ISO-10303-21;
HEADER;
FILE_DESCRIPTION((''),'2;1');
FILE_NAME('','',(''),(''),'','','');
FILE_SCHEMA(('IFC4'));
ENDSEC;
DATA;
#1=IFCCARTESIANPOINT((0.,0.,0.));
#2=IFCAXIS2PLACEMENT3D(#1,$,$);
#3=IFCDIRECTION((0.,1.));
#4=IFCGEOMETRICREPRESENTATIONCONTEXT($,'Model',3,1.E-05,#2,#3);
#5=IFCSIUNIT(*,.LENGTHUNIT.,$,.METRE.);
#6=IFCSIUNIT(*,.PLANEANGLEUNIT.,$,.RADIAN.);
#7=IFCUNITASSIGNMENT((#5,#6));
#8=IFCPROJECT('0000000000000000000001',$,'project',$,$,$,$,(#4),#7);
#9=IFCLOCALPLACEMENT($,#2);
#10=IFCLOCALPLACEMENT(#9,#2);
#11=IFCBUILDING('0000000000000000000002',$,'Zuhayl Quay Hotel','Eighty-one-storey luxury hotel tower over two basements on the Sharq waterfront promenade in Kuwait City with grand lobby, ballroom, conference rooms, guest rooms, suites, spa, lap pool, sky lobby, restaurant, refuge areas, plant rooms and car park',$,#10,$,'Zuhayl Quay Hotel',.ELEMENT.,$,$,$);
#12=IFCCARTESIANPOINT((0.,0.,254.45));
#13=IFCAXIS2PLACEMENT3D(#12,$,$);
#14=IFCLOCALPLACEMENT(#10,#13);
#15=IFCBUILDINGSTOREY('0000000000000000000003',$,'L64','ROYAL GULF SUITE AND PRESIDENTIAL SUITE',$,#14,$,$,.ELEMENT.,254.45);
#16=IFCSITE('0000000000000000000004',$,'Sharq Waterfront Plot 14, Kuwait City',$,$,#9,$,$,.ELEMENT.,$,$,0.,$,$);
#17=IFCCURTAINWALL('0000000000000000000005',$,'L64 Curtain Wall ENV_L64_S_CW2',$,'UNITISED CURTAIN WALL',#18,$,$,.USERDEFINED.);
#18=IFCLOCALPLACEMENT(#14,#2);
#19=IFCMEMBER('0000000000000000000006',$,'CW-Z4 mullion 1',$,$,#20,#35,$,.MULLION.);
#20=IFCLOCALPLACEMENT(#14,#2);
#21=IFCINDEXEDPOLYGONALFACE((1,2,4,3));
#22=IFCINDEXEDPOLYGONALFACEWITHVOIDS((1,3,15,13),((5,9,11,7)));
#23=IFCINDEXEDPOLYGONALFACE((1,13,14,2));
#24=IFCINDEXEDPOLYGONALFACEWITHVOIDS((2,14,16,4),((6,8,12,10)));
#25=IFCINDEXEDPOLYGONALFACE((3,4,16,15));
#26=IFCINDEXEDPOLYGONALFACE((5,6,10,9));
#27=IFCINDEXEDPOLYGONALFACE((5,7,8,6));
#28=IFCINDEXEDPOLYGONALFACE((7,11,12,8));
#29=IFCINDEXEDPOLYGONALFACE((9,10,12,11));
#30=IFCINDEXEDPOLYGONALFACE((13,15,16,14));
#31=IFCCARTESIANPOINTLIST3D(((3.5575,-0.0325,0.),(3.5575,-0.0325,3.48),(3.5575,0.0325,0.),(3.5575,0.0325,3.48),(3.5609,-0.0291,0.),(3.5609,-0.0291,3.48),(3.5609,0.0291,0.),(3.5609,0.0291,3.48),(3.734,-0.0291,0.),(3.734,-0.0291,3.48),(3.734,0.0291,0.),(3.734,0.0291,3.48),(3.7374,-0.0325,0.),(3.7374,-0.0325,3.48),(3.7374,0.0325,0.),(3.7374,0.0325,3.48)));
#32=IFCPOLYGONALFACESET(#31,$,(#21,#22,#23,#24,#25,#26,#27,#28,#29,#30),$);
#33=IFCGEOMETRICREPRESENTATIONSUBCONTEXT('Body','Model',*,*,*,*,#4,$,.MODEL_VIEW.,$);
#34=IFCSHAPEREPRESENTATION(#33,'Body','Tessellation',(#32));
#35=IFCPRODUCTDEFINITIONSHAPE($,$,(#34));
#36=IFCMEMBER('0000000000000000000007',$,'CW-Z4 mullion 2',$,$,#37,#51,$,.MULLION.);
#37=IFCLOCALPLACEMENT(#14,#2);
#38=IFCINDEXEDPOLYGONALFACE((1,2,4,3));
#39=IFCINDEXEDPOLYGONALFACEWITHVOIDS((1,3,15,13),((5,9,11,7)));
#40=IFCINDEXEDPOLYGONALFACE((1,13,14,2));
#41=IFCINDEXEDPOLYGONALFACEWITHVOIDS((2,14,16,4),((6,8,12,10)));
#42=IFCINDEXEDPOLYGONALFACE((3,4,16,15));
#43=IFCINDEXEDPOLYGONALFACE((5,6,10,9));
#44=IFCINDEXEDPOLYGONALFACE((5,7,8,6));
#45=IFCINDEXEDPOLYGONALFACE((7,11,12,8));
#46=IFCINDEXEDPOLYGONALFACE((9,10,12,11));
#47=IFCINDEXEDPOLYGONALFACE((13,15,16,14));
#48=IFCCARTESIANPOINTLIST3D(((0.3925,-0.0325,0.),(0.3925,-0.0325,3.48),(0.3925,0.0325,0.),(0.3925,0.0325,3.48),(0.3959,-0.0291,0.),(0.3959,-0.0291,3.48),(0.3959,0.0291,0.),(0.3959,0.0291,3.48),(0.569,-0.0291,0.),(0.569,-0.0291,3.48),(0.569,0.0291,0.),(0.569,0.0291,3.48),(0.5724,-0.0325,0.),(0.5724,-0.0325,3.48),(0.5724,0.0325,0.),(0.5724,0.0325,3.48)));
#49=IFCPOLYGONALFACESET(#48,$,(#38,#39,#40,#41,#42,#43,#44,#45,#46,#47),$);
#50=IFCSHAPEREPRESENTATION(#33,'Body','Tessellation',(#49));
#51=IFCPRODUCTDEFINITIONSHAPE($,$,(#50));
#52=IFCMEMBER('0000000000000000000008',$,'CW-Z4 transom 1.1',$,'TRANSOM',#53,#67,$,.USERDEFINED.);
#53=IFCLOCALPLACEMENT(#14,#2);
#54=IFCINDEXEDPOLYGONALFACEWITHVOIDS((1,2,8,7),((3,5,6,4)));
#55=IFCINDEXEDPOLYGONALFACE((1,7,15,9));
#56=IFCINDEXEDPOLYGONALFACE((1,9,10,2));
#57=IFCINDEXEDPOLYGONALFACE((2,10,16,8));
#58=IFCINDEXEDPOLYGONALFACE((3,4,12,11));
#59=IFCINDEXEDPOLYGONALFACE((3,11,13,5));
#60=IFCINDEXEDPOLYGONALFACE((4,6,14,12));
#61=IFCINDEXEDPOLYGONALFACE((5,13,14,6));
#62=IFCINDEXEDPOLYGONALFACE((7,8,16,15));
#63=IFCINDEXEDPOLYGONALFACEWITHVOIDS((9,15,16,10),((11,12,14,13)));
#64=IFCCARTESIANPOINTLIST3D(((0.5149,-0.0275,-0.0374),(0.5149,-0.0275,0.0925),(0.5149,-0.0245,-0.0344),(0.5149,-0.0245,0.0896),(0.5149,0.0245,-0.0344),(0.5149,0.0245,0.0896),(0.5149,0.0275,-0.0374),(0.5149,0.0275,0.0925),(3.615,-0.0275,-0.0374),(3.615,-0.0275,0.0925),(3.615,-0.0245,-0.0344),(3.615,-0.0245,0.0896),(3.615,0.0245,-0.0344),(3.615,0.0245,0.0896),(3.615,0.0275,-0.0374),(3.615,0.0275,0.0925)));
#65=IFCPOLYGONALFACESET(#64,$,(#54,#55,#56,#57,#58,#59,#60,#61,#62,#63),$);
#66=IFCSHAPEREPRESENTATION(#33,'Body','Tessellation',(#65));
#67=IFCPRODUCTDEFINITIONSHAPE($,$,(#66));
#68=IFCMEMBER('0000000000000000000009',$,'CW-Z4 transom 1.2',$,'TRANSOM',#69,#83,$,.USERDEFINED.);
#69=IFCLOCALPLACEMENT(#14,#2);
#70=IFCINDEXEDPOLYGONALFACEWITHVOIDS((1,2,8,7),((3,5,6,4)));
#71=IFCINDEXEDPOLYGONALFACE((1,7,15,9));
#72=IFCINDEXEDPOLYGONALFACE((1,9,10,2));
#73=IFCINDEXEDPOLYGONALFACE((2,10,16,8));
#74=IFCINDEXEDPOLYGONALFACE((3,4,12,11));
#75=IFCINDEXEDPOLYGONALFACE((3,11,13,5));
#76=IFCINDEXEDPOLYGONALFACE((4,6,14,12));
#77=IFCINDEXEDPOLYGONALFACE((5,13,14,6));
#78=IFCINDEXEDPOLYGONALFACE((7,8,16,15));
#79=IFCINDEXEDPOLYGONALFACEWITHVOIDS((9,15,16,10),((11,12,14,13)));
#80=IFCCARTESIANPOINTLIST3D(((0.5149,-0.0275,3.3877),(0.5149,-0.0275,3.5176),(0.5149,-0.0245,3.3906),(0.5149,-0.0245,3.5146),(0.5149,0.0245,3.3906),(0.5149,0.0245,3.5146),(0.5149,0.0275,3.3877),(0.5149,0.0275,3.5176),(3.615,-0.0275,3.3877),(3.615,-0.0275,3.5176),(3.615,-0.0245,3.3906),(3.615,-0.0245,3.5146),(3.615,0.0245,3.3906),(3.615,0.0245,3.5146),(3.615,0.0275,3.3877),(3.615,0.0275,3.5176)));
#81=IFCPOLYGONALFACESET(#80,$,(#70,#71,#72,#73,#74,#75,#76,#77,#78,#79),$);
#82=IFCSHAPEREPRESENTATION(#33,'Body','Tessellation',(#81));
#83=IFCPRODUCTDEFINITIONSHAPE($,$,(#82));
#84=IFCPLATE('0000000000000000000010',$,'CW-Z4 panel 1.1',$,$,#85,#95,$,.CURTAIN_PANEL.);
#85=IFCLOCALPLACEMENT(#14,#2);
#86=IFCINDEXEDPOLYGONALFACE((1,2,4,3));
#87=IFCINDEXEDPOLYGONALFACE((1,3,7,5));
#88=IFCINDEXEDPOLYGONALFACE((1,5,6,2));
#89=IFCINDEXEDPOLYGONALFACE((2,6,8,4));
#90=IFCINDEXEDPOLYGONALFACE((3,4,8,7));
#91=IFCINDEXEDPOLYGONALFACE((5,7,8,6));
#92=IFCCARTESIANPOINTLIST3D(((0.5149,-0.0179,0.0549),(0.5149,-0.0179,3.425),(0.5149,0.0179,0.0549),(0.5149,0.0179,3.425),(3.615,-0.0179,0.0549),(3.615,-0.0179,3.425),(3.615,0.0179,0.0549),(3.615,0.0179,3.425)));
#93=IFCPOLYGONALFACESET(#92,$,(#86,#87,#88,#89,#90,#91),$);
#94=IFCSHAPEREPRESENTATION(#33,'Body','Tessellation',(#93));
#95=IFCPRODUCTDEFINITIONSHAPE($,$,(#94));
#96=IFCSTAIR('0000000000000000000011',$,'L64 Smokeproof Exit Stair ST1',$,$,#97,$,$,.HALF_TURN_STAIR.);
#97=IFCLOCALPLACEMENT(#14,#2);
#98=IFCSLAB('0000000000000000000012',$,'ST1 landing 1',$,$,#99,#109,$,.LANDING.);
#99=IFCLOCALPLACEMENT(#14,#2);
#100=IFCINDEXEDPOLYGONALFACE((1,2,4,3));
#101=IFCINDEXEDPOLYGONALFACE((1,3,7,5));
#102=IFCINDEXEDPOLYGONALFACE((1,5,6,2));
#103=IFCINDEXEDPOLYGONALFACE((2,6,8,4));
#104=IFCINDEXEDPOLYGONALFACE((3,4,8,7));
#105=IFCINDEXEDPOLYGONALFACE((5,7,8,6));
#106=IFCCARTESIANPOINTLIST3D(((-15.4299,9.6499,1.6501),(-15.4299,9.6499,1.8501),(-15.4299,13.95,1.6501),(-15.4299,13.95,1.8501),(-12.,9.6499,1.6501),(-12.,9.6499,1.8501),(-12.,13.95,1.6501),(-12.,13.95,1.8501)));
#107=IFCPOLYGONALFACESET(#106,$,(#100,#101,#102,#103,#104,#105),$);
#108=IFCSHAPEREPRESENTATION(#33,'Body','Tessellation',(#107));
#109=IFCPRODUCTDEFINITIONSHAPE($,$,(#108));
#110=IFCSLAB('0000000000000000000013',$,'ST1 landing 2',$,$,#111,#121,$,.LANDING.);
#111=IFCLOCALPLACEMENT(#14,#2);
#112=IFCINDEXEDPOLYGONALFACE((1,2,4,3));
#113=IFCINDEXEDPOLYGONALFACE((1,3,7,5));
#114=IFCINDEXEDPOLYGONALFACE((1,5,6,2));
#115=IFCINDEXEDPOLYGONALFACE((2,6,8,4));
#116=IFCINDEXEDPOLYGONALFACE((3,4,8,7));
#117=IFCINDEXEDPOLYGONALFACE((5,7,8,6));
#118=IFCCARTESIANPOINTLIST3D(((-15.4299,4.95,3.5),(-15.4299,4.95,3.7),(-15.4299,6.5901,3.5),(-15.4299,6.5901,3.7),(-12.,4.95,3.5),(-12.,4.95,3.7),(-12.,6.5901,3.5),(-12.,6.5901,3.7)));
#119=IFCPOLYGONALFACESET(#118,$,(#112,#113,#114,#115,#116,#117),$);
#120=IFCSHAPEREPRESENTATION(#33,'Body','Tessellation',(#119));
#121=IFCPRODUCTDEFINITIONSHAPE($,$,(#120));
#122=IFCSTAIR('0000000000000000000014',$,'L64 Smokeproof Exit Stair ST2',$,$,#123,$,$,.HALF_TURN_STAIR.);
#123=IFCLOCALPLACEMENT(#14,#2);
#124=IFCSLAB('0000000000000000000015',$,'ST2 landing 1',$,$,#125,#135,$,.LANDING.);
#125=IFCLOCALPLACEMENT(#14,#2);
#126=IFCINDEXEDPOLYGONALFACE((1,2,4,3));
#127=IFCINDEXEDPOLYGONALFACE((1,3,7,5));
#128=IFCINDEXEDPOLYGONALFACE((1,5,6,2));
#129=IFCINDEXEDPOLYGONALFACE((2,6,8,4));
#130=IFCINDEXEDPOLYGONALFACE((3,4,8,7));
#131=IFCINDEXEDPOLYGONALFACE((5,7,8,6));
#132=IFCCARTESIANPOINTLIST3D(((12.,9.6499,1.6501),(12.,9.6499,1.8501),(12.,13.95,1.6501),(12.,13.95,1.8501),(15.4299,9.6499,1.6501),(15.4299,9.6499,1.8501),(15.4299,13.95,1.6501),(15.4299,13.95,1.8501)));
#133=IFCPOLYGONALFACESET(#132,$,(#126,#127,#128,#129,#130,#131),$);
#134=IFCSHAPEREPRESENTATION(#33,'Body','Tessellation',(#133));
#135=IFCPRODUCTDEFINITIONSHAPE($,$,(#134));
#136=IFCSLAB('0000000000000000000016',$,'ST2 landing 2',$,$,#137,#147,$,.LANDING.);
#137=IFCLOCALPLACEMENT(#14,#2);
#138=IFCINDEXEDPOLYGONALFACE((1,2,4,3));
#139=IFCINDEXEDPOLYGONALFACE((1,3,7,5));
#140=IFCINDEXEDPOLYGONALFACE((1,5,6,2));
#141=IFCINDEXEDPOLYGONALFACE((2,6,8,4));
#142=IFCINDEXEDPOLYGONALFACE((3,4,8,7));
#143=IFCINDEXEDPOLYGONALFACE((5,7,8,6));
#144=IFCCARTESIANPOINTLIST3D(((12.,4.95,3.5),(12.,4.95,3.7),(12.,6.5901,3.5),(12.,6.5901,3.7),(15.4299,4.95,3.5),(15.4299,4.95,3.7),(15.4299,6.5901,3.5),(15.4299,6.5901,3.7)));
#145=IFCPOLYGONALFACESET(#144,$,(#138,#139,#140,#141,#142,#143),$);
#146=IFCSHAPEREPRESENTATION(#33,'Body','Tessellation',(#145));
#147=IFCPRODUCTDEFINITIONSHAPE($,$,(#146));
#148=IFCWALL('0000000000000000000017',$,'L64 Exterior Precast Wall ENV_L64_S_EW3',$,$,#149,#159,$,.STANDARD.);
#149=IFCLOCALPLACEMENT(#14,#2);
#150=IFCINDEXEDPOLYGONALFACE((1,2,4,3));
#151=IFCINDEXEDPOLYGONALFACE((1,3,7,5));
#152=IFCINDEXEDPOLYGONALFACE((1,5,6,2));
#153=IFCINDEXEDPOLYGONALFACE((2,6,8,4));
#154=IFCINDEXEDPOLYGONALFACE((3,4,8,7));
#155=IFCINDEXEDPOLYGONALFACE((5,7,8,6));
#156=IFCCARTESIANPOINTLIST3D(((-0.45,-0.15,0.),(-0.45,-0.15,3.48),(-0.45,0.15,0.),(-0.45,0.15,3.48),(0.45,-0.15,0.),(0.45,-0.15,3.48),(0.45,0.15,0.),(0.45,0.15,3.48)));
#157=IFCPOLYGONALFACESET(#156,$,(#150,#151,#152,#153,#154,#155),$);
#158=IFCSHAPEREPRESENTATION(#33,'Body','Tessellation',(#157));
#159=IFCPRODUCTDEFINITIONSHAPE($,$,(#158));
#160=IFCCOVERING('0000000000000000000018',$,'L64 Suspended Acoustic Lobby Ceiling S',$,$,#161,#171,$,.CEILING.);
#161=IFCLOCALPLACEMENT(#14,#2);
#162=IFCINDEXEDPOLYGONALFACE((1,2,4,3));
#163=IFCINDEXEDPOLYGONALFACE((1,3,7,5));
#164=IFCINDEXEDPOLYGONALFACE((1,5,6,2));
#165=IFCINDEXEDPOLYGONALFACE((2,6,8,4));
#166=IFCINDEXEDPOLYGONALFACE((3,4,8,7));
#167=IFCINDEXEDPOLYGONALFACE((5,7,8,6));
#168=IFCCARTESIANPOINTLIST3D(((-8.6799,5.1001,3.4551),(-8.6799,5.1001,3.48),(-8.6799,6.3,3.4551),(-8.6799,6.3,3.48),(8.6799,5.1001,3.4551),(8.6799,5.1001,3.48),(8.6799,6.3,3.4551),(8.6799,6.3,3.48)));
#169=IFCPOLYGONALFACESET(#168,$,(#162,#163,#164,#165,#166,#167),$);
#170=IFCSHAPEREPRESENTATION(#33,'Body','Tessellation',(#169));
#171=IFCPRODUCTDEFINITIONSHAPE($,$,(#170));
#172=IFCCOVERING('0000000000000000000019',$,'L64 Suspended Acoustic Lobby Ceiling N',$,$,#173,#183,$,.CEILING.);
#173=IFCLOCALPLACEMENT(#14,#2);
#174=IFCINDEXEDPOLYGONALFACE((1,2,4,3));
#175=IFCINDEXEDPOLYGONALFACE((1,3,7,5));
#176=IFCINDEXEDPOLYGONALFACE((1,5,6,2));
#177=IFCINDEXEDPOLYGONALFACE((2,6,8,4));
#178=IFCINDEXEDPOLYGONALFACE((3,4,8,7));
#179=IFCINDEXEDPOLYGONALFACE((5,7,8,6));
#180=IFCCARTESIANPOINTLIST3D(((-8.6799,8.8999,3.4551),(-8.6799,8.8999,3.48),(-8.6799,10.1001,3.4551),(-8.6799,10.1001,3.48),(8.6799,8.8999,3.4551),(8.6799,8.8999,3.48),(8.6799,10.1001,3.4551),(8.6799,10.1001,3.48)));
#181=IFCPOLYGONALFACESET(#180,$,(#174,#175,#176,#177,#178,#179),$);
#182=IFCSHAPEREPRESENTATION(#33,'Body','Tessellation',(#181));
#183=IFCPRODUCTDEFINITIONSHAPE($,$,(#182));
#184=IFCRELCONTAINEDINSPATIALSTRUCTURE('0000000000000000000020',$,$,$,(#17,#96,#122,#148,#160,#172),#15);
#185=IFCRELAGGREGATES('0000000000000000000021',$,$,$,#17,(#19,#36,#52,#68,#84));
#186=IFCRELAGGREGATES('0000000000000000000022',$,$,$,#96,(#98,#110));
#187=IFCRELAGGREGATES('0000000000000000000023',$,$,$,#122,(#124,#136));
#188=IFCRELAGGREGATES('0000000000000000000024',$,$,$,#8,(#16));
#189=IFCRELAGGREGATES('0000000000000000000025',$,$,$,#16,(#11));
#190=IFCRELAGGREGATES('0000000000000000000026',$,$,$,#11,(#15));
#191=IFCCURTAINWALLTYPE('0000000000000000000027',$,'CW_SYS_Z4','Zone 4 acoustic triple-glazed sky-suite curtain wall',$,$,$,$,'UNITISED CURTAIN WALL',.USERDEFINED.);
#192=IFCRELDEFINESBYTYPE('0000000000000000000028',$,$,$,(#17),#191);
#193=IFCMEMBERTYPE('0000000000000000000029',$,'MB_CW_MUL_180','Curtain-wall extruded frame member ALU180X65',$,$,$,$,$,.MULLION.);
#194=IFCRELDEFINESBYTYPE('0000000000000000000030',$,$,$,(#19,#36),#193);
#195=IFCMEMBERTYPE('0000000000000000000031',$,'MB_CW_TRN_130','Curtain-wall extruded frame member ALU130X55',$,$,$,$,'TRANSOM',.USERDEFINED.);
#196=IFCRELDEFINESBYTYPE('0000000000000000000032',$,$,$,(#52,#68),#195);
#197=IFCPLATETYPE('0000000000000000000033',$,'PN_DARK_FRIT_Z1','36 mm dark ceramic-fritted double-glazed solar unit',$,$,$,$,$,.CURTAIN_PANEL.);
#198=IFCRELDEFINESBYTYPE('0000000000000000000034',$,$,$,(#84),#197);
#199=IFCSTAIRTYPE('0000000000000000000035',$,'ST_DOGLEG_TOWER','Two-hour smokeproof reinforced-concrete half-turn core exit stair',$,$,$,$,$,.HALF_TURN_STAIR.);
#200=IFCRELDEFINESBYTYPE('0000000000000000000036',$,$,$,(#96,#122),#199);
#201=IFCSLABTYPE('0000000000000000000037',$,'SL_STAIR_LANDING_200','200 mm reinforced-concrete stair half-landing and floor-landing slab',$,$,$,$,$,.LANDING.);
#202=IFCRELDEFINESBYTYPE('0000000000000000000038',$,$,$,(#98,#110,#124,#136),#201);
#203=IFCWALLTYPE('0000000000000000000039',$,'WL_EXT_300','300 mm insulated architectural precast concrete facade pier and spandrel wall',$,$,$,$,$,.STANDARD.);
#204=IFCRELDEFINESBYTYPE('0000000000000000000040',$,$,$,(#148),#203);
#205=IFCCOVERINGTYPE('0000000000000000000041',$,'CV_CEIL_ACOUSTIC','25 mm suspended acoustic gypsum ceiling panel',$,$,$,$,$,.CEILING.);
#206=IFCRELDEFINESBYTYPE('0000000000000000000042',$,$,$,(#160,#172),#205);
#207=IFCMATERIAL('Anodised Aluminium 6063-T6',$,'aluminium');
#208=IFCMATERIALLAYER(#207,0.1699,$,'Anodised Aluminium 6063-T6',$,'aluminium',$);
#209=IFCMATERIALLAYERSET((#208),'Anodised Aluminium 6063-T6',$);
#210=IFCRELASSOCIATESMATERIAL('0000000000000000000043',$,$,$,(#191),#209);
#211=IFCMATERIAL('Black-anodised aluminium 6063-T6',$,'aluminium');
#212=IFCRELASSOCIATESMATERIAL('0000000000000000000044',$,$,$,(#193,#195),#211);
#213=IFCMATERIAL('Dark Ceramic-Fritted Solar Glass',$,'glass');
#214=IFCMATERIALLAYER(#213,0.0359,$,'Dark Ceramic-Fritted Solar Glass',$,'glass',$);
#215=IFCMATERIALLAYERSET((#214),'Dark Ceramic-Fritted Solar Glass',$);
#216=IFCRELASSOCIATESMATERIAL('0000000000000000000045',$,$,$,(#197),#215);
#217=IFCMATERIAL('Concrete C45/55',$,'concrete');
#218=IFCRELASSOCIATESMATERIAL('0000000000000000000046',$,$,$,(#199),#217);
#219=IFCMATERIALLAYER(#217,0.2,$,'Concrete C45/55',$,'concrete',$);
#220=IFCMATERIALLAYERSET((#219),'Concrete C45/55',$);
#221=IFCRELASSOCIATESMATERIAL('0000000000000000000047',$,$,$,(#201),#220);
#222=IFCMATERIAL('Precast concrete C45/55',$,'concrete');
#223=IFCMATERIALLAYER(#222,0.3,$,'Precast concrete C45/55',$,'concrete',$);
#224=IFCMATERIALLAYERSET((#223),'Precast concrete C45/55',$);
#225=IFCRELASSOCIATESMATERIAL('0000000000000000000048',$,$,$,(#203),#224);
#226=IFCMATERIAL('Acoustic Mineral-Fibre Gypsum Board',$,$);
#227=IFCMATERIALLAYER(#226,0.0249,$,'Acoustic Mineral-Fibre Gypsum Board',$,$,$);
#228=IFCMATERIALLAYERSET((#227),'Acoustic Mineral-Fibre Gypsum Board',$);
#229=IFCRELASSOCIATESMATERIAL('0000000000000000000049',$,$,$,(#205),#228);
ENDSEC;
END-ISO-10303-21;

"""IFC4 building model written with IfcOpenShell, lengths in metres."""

from ifc_helpers import new_model, si_unit, direction, frame, frame_2d, origin, origin_2d, place, context, subcontext, project, spatial, polyline, rectangle, hollow_rectangle, outline, extrude, material, layer, layer_set, material_profile, profile_set, type_object, element, aggregate, save


model = new_model("IFC4")

# Units and contexts
model_context = context("Model", 3, precision=1e-05, world=origin(), true_north=direction((0.0, 1.0)))
body_context = subcontext(model_context, "Body", "Model", "MODEL_VIEW")
ifc_project = project(units=[si_unit("LENGTHUNIT", "METRE"), si_unit("PLANEANGLEUNIT", "RADIAN")], contexts=[model_context])

# Site, building, storey
site_placement = place(None, origin())
site = spatial("IfcSite", under=ifc_project, at=site_placement, Name="Sharq Waterfront Plot 14, Kuwait City", CompositionType="ELEMENT", RefElevation=0.0)
building_placement = place(site_placement, origin())
building = spatial("IfcBuilding", under=site, at=building_placement, Name="Zuhayl Quay Hotel", Description="Eighty-one-storey luxury hotel tower over two basements on the Sharq waterfront promenade in Kuwait City with grand lobby, ballroom, conference rooms, guest rooms, suites, spa, lap pool, sky lobby, restaurant, refuge areas, plant rooms and car park", LongName="Zuhayl Quay Hotel", CompositionType="ELEMENT")
storey_placement = place(building_placement, frame((0.0, 0.0, 254.45)))
storey = spatial("IfcBuildingStorey", under=building, at=storey_placement, Name="L64", Description="ROYAL GULF SUITE AND PRESIDENTIAL SUITE", CompositionType="ELEMENT", Elevation=254.45)

# Curtain wall, members, plate
ifc_material_1 = material(Name="Anodised Aluminium 6063-T6", Category="aluminium")
ifc_layer_1 = layer(ifc_material_1, 0.1699, Name="Anodised Aluminium 6063-T6", Category="aluminium")
ifc_layer_set_1 = layer_set([ifc_layer_1], Name="Anodised Aluminium 6063-T6")
curtain_wall_type = type_object("IfcCurtainWallType", Name="CW_SYS_Z4", Description="Zone 4 acoustic triple-glazed sky-suite curtain wall", ElementType="UNITISED CURTAIN WALL", PredefinedType="USERDEFINED", material=ifc_layer_set_1)
curtain_wall_placement = place(storey_placement, origin())
curtain_wall = element("IfcCurtainWall", 1, at=curtain_wall_placement, inside=storey, type_object=curtain_wall_type, Name="L64 Curtain Wall ENV_L64_S_CW2", ObjectType="UNITISED CURTAIN WALL", PredefinedType="USERDEFINED")
ifc_material_2 = material(Name="Black-anodised aluminium 6063-T6", Category="aluminium")
ifc_material_profile_1 = material_profile(ifc_material_2, hollow_rectangle(XDim=0.0649, YDim=0.1799, WallThickness=0.0034, at=origin_2d()), Name="ALU180X65")
ifc_profile_set_1 = profile_set([ifc_material_profile_1], Name="Black-anodised aluminium 6063-T6")
member_type_1 = type_object("IfcMemberType", Name="MB_CW_MUL_180", Description="Curtain-wall extruded frame member ALU180X65", PredefinedType="MULLION", material=ifc_profile_set_1)
member_1_placement = place(storey_placement, frame((3.6475, 0.0, 0.0), z_axis=(0.0, 0.0, 1.0), x_axis=(0.0, -1.0, 0.0)))
member_1 = element("IfcMember", 2, at=member_1_placement, type_object=member_type_1, Name="CW-Z4 mullion 1", PredefinedType="MULLION", context=body_context, shape_type="SweptSolid", body=[
    extrude(hollow_rectangle(XDim=0.0649, YDim=0.1799, WallThickness=0.0034, at=origin_2d()), origin(), (0.0, 0.0, 1.0), 3.48),
])
member_2_placement = place(storey_placement, frame((0.4824, 0.0, 0.0), z_axis=(0.0, 0.0, 1.0), x_axis=(0.0, -1.0, 0.0)))
member_2 = element("IfcMember", 3, at=member_2_placement, type_object=member_type_1, Name="CW-Z4 mullion 2", PredefinedType="MULLION", context=body_context, shape_type="SweptSolid", body=[
    extrude(hollow_rectangle(XDim=0.0649, YDim=0.1799, WallThickness=0.0034, at=origin_2d()), origin(), (0.0, 0.0, 1.0), 3.48),
])
ifc_material_profile_2 = material_profile(ifc_material_2, hollow_rectangle(XDim=0.0549, YDim=0.1299, WallThickness=0.0029, at=origin_2d()), Name="ALU130X55")
ifc_profile_set_2 = profile_set([ifc_material_profile_2], Name="Black-anodised aluminium 6063-T6")
member_type_2 = type_object("IfcMemberType", Name="MB_CW_TRN_130", Description="Curtain-wall extruded frame member ALU130X55", ElementType="TRANSOM", PredefinedType="USERDEFINED", material=ifc_profile_set_2)
member_3_placement = place(storey_placement, frame((3.615, 0.0, 0.0276), z_axis=(-1.0, 0.0, 0.0), x_axis=(0.0, -1.0, 0.0)))
member_3 = element("IfcMember", 4, at=member_3_placement, type_object=member_type_2, Name="CW-Z4 transom 1.1", ObjectType="TRANSOM", PredefinedType="USERDEFINED", context=body_context, shape_type="SweptSolid", body=[
    extrude(hollow_rectangle(XDim=0.0549, YDim=0.1299, WallThickness=0.0029, at=origin_2d()), origin(), (0.0, 0.0, 1.0), 3.1001),
])
member_4_placement = place(storey_placement, frame((3.615, 0.0, 3.4526), z_axis=(-1.0, 0.0, 0.0), x_axis=(0.0, -1.0, 0.0)))
member_4 = element("IfcMember", 5, at=member_4_placement, type_object=member_type_2, Name="CW-Z4 transom 1.2", ObjectType="TRANSOM", PredefinedType="USERDEFINED", context=body_context, shape_type="SweptSolid", body=[
    extrude(hollow_rectangle(XDim=0.0549, YDim=0.1299, WallThickness=0.0029, at=origin_2d()), origin(), (0.0, 0.0, 1.0), 3.1001),
])
ifc_material_3 = material(Name="Dark Ceramic-Fritted Solar Glass", Category="glass")
ifc_layer_2 = layer(ifc_material_3, 0.0359, Name="Dark Ceramic-Fritted Solar Glass", Category="glass")
ifc_layer_set_2 = layer_set([ifc_layer_2], Name="Dark Ceramic-Fritted Solar Glass")
plate_type = type_object("IfcPlateType", Name="PN_DARK_FRIT_Z1", Description="36 mm dark ceramic-fritted double-glazed solar unit", PredefinedType="CURTAIN_PANEL", material=ifc_layer_set_2)
plate_placement = place(storey_placement, frame((2.0649, 0.0, 0.0549), z_axis=(0.0, 0.0, 1.0), x_axis=(-1.0, 0.0, 0.0)))
plate = element("IfcPlate", 6, at=plate_placement, type_object=plate_type, Name="CW-Z4 panel 1.1", PredefinedType="CURTAIN_PANEL", context=body_context, shape_type="SweptSolid", body=[
    extrude(rectangle(XDim=3.1001, YDim=0.0359, at=origin_2d()), origin(), (0.0, 0.0, 1.0), 3.3701),
])
aggregate(curtain_wall, [member_1, member_2, member_3, member_4, plate])

# Stairs, slabs
ifc_material_4 = material(Name="Concrete C45/55", Category="concrete")
stair_type = type_object("IfcStairType", Name="ST_DOGLEG_TOWER", Description="Two-hour smokeproof reinforced-concrete half-turn core exit stair", PredefinedType="HALF_TURN_STAIR", material=ifc_material_4)
stair_1_placement = place(storey_placement, origin())
stair_1 = element("IfcStair", 7, at=stair_1_placement, inside=storey, type_object=stair_type, Name="L64 Smokeproof Exit Stair ST1", PredefinedType="HALF_TURN_STAIR")
ifc_layer_3 = layer(ifc_material_4, 0.2, Name="Concrete C45/55", Category="concrete")
ifc_layer_set_3 = layer_set([ifc_layer_3], Name="Concrete C45/55")
slab_type = type_object("IfcSlabType", Name="SL_STAIR_LANDING_200", Description="200 mm reinforced-concrete stair half-landing and floor-landing slab", PredefinedType="LANDING", material=ifc_layer_set_3)
slab_1_placement = place(storey_placement, frame((0.0, 0.0, 1.6501)))
slab_1 = element("IfcSlab", 8, at=slab_1_placement, type_object=slab_type, Name="ST1 landing 1", PredefinedType="LANDING", context=body_context, shape_type="SweptSolid", body=[
    extrude(outline(polyline([(-12.0, 9.6499), (-12.0, 13.95), (-15.4299, 13.95), (-15.4299, 9.6499), (-12.0, 9.6499)])), origin(), (0.0, 0.0, 1.0), 0.2),
])
slab_2_placement = place(storey_placement, frame((0.0, 0.0, 3.5)))
slab_2 = element("IfcSlab", 9, at=slab_2_placement, type_object=slab_type, Name="ST1 landing 2", PredefinedType="LANDING", context=body_context, shape_type="SweptSolid", body=[
    extrude(outline(polyline([(-12.0, 4.95), (-12.0, 6.5901), (-15.4299, 6.5901), (-15.4299, 4.95), (-12.0, 4.95)])), origin(), (0.0, 0.0, 1.0), 0.2),
])
aggregate(stair_1, [slab_1, slab_2])
stair_2_placement = place(storey_placement, origin())
stair_2 = element("IfcStair", 10, at=stair_2_placement, inside=storey, type_object=stair_type, Name="L64 Smokeproof Exit Stair ST2", PredefinedType="HALF_TURN_STAIR")
slab_3_placement = place(storey_placement, frame((0.0, 0.0, 1.6501)))
slab_3 = element("IfcSlab", 11, at=slab_3_placement, type_object=slab_type, Name="ST2 landing 1", PredefinedType="LANDING", context=body_context, shape_type="SweptSolid", body=[
    extrude(outline(polyline([(15.4299, 9.6499), (15.4299, 13.95), (12.0, 13.95), (12.0, 9.6499), (15.4299, 9.6499)])), origin(), (0.0, 0.0, 1.0), 0.2),
])
slab_4_placement = place(storey_placement, frame((0.0, 0.0, 3.5)))
slab_4 = element("IfcSlab", 12, at=slab_4_placement, type_object=slab_type, Name="ST2 landing 2", PredefinedType="LANDING", context=body_context, shape_type="SweptSolid", body=[
    extrude(outline(polyline([(15.4299, 4.95), (15.4299, 6.5901), (12.0, 6.5901), (12.0, 4.95), (15.4299, 4.95)])), origin(), (0.0, 0.0, 1.0), 0.2),
])
aggregate(stair_2, [slab_3, slab_4])

# Wall
ifc_material_5 = material(Name="Precast concrete C45/55", Category="concrete")
ifc_layer_4 = layer(ifc_material_5, 0.3, Name="Precast concrete C45/55", Category="concrete")
ifc_layer_set_4 = layer_set([ifc_layer_4], Name="Precast concrete C45/55")
wall_type = type_object("IfcWallType", Name="WL_EXT_300", Description="300 mm insulated architectural precast concrete facade pier and spandrel wall", PredefinedType="STANDARD", material=ifc_layer_set_4)
wall_placement = place(storey_placement, frame((0.45, 0.0, 0.0), z_axis=(0.0, 0.0, 1.0), x_axis=(-1.0, 0.0, 0.0)))
element("IfcWall", 13, at=wall_placement, inside=storey, type_object=wall_type, Name="L64 Exterior Precast Wall ENV_L64_S_EW3", PredefinedType="STANDARD", context=body_context, shape_type="SweptSolid", body=[
    extrude(rectangle(XDim=0.8999, YDim=0.3, at=frame_2d((0.45, 0.0))), origin(), (0.0, 0.0, 1.0), 3.48),
])

# Coverings
ifc_material_6 = material(Name="Acoustic Mineral-Fibre Gypsum Board")
ifc_layer_5 = layer(ifc_material_6, 0.0249, Name="Acoustic Mineral-Fibre Gypsum Board")
ifc_layer_set_5 = layer_set([ifc_layer_5], Name="Acoustic Mineral-Fibre Gypsum Board")
covering_type_1 = type_object("IfcCoveringType", Name="CV_CEIL_ACOUSTIC", Description="25 mm suspended acoustic gypsum ceiling panel", PredefinedType="CEILING", material=ifc_layer_set_5)
covering_1_placement = place(storey_placement, frame((0.0, 0.0, 3.4551)))
element("IfcCovering", 14, at=covering_1_placement, inside=storey, type_object=covering_type_1, Name="L64 Suspended Acoustic Lobby Ceiling S", PredefinedType="CEILING", context=body_context, shape_type="SweptSolid", body=[
    extrude(outline(polyline([(-8.6799, 5.1001), (8.6799, 5.1001), (8.6799, 6.3), (-8.6799, 6.3), (-8.6799, 5.1001)])), origin(), (0.0, 0.0, 1.0), 0.0249),
])
covering_2_placement = place(storey_placement, frame((0.0, 0.0, 3.4551)))
element("IfcCovering", 15, at=covering_2_placement, inside=storey, type_object=covering_type_1, Name="L64 Suspended Acoustic Lobby Ceiling N", PredefinedType="CEILING", context=body_context, shape_type="SweptSolid", body=[
    extrude(outline(polyline([(-8.6799, 8.8999), (8.6799, 8.8999), (8.6799, 10.1001), (-8.6799, 10.1001), (-8.6799, 8.8999)])), origin(), (0.0, 0.0, 1.0), 0.0249),
])

save(model, "model.ifc")
